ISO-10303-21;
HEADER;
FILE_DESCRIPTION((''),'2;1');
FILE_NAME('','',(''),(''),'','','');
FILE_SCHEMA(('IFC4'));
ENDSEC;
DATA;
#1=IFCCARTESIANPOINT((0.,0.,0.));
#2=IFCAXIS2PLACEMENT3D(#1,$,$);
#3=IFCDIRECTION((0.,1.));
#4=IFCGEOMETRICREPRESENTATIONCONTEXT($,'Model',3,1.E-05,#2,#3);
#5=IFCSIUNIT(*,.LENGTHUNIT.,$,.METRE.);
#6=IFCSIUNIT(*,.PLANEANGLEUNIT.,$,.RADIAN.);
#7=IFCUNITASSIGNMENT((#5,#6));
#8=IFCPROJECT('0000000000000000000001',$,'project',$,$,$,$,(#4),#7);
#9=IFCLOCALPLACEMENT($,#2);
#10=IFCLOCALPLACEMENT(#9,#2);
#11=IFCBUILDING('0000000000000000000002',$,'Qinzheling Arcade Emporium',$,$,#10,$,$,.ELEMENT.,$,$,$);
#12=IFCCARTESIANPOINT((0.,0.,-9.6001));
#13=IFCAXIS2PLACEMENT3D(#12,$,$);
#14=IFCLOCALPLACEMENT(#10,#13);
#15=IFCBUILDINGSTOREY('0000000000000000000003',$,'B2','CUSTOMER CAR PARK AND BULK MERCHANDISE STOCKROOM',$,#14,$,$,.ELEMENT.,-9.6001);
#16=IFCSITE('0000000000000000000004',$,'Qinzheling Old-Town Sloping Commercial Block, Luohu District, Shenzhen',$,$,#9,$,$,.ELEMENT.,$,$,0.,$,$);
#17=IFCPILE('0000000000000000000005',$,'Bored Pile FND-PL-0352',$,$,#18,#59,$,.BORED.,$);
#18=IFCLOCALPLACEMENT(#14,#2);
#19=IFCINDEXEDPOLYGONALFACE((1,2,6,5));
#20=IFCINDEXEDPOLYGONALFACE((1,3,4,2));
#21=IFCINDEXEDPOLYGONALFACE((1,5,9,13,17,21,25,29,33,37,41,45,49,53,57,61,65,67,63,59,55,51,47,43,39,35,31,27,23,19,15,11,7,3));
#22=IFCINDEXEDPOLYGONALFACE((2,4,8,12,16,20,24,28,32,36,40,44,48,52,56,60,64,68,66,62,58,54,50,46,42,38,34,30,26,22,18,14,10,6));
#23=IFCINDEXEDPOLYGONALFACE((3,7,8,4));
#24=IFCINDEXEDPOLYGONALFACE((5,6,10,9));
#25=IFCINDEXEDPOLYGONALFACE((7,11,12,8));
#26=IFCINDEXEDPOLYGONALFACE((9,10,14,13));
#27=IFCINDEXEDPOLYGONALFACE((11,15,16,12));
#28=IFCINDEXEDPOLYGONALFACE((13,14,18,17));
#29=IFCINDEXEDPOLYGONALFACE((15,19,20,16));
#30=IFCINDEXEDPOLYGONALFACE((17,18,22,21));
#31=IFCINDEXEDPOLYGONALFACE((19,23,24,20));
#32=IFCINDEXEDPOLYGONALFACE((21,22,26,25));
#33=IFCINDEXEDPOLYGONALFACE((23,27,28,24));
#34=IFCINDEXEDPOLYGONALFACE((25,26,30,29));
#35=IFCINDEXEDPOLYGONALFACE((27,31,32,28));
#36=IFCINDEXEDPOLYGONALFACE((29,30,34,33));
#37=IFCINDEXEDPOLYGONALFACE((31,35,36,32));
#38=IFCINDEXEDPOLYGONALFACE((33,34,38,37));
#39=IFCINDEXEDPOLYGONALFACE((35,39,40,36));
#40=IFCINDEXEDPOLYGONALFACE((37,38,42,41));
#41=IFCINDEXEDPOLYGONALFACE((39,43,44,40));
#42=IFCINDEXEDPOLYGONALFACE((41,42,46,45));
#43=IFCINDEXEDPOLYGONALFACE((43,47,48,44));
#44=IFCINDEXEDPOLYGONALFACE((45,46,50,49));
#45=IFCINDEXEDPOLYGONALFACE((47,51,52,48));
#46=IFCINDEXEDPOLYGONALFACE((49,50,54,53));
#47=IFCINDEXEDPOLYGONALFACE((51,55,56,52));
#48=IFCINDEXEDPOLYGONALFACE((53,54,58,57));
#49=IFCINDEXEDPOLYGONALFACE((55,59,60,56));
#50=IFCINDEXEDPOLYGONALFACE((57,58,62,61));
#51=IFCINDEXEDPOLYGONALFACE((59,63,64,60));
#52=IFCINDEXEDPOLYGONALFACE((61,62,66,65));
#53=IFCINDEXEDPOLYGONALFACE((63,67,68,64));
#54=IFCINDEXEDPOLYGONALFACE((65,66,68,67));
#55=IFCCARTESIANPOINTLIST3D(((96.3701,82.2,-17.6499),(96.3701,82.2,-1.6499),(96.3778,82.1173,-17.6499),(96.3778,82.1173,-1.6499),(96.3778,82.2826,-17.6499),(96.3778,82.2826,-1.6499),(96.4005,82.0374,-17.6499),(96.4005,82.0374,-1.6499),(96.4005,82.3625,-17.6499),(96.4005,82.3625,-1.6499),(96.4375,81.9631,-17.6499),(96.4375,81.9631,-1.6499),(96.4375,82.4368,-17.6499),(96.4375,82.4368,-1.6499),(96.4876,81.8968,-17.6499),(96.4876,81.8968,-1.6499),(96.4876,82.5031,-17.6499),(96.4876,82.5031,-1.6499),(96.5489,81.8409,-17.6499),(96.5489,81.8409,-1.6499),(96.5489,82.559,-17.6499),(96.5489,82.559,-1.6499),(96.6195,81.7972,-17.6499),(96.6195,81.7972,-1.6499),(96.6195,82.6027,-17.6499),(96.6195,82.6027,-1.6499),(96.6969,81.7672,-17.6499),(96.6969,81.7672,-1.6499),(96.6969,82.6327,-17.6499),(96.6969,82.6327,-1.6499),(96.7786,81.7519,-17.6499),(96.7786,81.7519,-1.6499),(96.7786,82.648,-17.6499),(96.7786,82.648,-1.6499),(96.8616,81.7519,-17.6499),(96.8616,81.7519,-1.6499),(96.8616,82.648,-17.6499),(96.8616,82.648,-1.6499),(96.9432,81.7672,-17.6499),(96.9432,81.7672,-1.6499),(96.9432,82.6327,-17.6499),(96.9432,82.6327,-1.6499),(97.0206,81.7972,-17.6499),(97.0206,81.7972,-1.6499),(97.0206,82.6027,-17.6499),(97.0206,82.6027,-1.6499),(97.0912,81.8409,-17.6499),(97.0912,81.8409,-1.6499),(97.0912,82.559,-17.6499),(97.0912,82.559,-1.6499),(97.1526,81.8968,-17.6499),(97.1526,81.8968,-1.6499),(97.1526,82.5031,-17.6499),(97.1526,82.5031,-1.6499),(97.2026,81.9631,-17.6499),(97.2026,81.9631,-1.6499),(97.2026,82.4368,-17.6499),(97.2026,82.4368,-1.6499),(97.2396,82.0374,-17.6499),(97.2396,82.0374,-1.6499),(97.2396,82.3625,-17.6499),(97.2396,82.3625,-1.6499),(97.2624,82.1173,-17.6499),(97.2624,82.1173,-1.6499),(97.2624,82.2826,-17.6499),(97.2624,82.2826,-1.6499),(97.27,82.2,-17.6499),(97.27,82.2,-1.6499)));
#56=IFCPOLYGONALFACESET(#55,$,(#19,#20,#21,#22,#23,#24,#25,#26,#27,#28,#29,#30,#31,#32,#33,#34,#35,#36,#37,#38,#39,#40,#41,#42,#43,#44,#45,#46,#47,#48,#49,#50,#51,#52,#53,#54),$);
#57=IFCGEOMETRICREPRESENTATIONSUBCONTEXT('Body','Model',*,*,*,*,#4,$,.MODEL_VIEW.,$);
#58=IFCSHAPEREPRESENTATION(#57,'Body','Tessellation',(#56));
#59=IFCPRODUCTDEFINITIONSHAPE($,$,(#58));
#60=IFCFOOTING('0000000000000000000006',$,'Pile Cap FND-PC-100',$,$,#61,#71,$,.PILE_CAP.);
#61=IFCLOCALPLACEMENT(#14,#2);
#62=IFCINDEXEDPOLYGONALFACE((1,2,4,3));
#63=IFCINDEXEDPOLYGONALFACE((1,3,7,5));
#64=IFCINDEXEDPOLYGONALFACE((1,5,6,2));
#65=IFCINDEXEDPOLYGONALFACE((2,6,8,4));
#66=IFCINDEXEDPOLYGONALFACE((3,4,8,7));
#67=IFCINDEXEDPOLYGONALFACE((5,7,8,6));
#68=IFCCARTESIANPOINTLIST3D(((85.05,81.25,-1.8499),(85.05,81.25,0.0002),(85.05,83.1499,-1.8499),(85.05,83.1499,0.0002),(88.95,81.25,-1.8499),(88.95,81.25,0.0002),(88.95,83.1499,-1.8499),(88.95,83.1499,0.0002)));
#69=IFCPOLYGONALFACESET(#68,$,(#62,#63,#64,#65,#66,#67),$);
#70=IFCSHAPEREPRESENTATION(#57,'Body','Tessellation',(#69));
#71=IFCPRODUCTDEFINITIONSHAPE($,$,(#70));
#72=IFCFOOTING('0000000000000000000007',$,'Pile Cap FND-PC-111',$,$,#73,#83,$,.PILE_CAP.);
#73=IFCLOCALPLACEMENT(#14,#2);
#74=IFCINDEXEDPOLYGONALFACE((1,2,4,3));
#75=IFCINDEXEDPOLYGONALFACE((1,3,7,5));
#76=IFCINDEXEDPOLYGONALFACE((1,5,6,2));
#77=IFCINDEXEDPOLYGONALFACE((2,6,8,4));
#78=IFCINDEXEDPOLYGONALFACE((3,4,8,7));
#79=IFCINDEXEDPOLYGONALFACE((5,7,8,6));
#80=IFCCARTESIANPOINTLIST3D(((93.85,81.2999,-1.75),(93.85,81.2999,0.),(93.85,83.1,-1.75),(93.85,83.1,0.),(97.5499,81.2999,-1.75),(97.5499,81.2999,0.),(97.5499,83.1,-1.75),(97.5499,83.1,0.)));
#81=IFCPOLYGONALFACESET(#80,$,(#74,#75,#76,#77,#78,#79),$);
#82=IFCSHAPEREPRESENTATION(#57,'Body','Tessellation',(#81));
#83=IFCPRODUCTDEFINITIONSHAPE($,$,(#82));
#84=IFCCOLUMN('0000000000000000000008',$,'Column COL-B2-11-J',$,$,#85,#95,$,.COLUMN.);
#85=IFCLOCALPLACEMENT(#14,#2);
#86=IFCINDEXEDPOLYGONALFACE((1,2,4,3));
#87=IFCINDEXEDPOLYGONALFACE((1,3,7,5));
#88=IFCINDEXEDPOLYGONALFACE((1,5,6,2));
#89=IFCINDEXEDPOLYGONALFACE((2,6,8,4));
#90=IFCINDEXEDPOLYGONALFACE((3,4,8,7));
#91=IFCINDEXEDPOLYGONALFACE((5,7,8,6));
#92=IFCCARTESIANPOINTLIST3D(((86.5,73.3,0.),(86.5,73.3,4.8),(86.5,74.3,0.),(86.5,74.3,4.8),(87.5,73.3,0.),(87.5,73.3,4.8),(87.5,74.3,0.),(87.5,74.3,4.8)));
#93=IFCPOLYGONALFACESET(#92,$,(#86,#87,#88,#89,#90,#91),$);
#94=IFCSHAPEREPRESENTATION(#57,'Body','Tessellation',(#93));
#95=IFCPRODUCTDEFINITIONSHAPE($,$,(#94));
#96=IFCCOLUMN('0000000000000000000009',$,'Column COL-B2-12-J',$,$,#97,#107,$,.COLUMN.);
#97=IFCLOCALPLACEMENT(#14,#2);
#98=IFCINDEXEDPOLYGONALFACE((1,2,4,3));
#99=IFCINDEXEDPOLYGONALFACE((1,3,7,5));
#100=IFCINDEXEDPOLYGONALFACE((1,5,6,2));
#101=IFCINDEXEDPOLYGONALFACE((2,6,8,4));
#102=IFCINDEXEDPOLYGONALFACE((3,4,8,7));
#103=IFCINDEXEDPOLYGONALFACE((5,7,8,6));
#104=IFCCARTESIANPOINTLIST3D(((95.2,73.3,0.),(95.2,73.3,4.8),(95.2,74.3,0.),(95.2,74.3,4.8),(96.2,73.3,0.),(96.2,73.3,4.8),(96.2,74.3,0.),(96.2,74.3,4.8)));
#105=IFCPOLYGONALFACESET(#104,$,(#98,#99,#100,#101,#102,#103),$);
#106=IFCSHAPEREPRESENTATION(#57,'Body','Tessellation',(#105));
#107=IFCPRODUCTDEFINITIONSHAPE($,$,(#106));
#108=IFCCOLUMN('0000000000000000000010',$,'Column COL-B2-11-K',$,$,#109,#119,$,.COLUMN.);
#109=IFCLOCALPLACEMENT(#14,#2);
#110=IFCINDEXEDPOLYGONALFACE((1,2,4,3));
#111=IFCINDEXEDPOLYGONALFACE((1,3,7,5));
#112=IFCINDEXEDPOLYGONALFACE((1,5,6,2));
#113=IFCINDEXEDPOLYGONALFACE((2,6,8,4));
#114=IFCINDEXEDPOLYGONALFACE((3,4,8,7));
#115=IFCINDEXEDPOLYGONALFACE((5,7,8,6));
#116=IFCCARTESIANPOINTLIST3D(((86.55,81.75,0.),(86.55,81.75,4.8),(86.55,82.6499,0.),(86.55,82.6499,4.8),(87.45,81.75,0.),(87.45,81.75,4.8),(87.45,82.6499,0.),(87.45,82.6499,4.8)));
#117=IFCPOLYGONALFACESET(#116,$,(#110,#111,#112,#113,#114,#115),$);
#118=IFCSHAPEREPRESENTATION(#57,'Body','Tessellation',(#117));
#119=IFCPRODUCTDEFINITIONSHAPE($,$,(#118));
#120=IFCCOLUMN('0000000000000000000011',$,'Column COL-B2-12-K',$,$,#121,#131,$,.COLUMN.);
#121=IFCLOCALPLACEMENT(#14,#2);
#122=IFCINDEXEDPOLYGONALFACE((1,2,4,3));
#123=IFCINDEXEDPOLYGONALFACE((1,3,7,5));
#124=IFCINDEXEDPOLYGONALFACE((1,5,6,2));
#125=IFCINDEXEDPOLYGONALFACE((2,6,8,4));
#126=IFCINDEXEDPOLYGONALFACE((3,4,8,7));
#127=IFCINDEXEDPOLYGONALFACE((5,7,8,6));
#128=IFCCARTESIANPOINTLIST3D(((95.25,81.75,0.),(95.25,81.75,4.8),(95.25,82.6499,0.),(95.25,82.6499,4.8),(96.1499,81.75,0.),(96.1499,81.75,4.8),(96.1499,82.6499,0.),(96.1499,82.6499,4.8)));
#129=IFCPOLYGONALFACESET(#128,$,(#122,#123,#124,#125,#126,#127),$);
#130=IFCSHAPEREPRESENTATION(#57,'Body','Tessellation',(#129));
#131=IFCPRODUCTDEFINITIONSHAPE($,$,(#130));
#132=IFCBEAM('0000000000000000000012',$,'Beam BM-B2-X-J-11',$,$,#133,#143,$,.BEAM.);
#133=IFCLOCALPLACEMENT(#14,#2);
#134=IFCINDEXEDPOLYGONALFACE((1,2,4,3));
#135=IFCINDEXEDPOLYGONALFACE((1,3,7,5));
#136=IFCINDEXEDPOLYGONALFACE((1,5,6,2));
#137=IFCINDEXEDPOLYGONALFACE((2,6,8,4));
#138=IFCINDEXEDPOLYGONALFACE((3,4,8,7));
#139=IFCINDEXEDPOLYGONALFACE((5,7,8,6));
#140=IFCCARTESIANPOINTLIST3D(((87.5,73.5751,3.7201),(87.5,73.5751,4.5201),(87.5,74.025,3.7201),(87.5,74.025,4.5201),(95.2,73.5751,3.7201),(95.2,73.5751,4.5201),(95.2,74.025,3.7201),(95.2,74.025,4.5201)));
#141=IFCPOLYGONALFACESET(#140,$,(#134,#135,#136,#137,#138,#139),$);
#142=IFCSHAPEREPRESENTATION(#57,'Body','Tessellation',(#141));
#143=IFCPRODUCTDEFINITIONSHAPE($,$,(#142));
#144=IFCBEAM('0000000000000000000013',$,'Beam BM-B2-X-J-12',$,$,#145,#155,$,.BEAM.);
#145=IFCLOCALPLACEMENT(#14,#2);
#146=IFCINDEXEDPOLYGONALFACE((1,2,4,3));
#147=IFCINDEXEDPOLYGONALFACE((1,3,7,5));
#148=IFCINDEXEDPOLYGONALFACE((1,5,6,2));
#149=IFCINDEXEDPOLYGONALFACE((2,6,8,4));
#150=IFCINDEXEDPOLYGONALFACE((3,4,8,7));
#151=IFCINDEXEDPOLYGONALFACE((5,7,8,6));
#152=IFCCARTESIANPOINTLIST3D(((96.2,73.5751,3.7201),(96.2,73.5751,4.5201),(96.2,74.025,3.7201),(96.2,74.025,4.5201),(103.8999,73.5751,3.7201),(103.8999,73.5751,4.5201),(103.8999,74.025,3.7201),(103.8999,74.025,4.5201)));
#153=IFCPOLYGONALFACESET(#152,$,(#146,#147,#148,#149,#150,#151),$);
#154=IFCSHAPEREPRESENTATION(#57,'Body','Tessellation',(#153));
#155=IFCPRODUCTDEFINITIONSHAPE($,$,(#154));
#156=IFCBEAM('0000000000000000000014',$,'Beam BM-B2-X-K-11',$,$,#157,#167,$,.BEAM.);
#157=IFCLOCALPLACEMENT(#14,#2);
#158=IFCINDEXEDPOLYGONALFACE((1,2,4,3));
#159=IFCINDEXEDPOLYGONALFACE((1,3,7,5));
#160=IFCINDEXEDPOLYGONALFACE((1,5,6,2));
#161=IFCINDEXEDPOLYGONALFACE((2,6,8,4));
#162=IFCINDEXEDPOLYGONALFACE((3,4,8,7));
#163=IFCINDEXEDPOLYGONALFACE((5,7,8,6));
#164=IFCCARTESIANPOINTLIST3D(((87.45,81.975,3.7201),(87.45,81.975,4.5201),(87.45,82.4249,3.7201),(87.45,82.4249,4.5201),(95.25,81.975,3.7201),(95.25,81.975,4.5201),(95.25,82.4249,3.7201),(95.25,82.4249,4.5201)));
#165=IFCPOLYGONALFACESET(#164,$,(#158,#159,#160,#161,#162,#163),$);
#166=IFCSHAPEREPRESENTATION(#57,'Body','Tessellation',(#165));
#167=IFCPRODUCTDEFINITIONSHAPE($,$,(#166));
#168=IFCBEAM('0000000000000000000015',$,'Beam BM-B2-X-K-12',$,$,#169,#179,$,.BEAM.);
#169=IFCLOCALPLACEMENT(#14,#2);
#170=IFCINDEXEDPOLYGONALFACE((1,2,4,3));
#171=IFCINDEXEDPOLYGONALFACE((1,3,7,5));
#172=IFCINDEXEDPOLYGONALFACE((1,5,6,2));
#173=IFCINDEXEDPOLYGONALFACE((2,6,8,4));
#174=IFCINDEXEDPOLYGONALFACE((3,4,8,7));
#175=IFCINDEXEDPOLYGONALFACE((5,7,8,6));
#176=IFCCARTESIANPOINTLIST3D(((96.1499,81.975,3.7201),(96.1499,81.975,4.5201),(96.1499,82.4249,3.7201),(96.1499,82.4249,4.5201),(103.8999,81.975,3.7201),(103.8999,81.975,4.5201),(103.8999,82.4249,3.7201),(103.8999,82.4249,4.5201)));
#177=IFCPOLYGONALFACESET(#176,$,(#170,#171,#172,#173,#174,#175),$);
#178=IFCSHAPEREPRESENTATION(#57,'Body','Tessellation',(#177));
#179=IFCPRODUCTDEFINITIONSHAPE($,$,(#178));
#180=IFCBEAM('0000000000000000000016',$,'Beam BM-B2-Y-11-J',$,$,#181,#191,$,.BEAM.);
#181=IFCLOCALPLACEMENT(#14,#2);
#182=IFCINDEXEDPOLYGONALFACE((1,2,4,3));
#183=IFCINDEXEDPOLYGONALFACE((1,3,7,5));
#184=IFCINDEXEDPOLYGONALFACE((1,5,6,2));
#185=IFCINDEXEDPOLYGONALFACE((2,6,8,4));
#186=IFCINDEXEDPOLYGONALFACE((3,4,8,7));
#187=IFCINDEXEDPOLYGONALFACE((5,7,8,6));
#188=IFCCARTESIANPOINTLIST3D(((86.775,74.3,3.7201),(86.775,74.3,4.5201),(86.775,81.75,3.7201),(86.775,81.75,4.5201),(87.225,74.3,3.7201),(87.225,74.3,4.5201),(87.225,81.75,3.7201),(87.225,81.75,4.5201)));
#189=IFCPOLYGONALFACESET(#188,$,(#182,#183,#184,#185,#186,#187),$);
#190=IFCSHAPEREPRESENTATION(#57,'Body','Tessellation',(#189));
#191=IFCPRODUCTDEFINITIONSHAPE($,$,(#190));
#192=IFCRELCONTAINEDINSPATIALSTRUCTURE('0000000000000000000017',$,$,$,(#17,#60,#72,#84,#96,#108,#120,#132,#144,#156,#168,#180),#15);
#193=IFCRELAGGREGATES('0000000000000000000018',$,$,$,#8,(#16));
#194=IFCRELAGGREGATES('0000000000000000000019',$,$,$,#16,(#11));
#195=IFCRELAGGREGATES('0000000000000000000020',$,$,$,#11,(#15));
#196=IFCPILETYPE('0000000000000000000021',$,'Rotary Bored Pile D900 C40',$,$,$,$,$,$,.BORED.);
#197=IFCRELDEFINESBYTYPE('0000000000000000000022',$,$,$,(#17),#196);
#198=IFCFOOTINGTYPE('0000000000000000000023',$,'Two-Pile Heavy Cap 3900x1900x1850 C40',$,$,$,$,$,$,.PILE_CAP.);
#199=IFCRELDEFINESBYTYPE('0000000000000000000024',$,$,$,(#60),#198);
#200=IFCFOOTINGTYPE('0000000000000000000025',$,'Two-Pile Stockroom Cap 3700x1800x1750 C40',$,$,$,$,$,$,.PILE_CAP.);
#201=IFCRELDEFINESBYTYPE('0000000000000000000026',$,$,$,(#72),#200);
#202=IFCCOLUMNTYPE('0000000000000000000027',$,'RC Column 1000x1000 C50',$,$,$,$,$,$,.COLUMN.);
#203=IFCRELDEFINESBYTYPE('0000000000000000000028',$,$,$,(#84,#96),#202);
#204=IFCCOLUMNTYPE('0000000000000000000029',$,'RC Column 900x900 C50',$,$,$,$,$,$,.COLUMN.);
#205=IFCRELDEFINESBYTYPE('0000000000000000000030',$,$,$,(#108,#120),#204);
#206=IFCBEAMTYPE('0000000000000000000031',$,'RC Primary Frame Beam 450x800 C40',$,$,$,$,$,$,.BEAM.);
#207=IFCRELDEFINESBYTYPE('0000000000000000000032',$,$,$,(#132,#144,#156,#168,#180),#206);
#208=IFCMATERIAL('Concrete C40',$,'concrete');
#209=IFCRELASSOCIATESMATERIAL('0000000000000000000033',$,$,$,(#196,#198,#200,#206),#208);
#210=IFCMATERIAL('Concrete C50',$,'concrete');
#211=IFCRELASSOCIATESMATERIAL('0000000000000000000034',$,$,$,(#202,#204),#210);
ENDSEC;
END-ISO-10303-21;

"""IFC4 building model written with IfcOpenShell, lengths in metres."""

from ifc_helpers import new_model, si_unit, direction, frame, origin, origin_2d, place, context, subcontext, project, spatial, rectangle, circle, extrude, material, material_profile, profile_set, type_object, element, save


model = new_model("IFC4")

# Units and contexts
model_context = context("Model", 3, precision=1e-05, world=origin(), true_north=direction((0.0, 1.0)))
body_context = subcontext(model_context, "Body", "Model", "MODEL_VIEW")
ifc_project = project(units=[si_unit("LENGTHUNIT", "METRE"), si_unit("PLANEANGLEUNIT", "RADIAN")], contexts=[model_context])

# Site, building, storey
site_placement = place(None, origin())
site = spatial("IfcSite", under=ifc_project, at=site_placement, Name="Qinzheling Old-Town Sloping Commercial Block, Luohu District, Shenzhen", CompositionType="ELEMENT", RefElevation=0.0)
building_placement = place(site_placement, origin())
building = spatial("IfcBuilding", under=site, at=building_placement, Name="Qinzheling Arcade Emporium", CompositionType="ELEMENT")
storey_placement = place(building_placement, frame((0.0, 0.0, -9.6001)))
storey = spatial("IfcBuildingStorey", under=building, at=storey_placement, Name="B2", Description="CUSTOMER CAR PARK AND BULK MERCHANDISE STOCKROOM", CompositionType="ELEMENT", Elevation=-9.6001)

# Shared definitions
ifc_material_1 = material(Name="Concrete C40", Category="concrete")

# Pile
ifc_material_profile_1 = material_profile(ifc_material_1, circle(Radius=0.45, at=origin_2d()), Name="BORED D900", Category="concrete")
ifc_profile_set_1 = profile_set([ifc_material_profile_1], Name="Concrete C40")
pile_type_1 = type_object("IfcPileType", Name="Rotary Bored Pile D900 C40", PredefinedType="BORED", material=ifc_profile_set_1)
for number, where, z_axis, x_axis, name in (
    (1, (96.8201, 82.2, -1.6499), (0.0, 0.0, -1.0), (1.0, 0.0, 0.0), "Bored Pile FND-PL-0352"),
):
    element("IfcPile", number, at=place(storey_placement, frame(where, z_axis=z_axis, x_axis=x_axis)), inside=storey, type_object=pile_type_1, Name=name, PredefinedType="BORED", context=body_context, shape_type="SweptSolid", body=[
        extrude(circle(Radius=0.45, at=origin_2d()), origin(), (0.0, 0.0, 1.0), 16.0),
    ])

# Footings
footing_type_1 = type_object("IfcFootingType", Name="Two-Pile Heavy Cap 3900x1900x1850 C40", PredefinedType="PILE_CAP", material=ifc_material_1)
footing_1_placement = place(storey_placement, frame((87.0, 82.2, -1.8499), z_axis=(0.0, 0.0, 1.0), x_axis=(1.0, 0.0, 0.0)))
element("IfcFooting", 2, at=footing_1_placement, inside=storey, type_object=footing_type_1, Name="Pile Cap FND-PC-100", PredefinedType="PILE_CAP", context=body_context, shape_type="SweptSolid", body=[
    extrude(rectangle(XDim=3.8999, YDim=1.8999, at=origin_2d()), origin(), (0.0, 0.0, 1.0), 1.8501),
])
footing_type_2 = type_object("IfcFootingType", Name="Two-Pile Stockroom Cap 3700x1800x1750 C40", PredefinedType="PILE_CAP", material=ifc_material_1)
footing_2_placement = place(storey_placement, frame((95.7, 82.2, -1.75), z_axis=(0.0, 0.0, 1.0), x_axis=(1.0, 0.0, 0.0)))
element("IfcFooting", 3, at=footing_2_placement, inside=storey, type_object=footing_type_2, Name="Pile Cap FND-PC-111", PredefinedType="PILE_CAP", context=body_context, shape_type="SweptSolid", body=[
    extrude(rectangle(XDim=3.7, YDim=1.8, at=origin_2d()), origin(), (0.0, 0.0, 1.0), 1.75),
])

# Columns
ifc_material_2 = material(Name="Concrete C50", Category="concrete")
ifc_material_profile_2 = material_profile(ifc_material_2, rectangle(XDim=1.0, YDim=1.0, at=origin_2d()), Name="RC 1000x1000", Category="concrete")
ifc_profile_set_2 = profile_set([ifc_material_profile_2], Name="Concrete C50")
column_type_1 = type_object("IfcColumnType", Name="RC Column 1000x1000 C50", PredefinedType="COLUMN", material=ifc_profile_set_2)
for number, where, z_axis, x_axis, name in (
    (4, (87.0, 73.8, 0.0), (0.0, 0.0, 1.0), (1.0, 0.0, 0.0), "Column COL-B2-11-J"),
    (5, (95.7, 73.8, 0.0), (0.0, 0.0, 1.0), (1.0, 0.0, 0.0), "Column COL-B2-12-J"),
):
    element("IfcColumn", number, at=place(storey_placement, frame(where, z_axis=z_axis, x_axis=x_axis)), inside=storey, type_object=column_type_1, Name=name, PredefinedType="COLUMN", context=body_context, shape_type="SweptSolid", body=[
        extrude(rectangle(XDim=1.0, YDim=1.0, at=origin_2d()), origin(), (0.0, 0.0, 1.0), 4.8),
    ])
ifc_material_profile_3 = material_profile(ifc_material_2, rectangle(XDim=0.8999, YDim=0.8999, at=origin_2d()), Name="RC 900x900", Category="concrete")
ifc_profile_set_3 = profile_set([ifc_material_profile_3], Name="Concrete C50")
column_type_2 = type_object("IfcColumnType", Name="RC Column 900x900 C50", PredefinedType="COLUMN", material=ifc_profile_set_3)
for number, where, z_axis, x_axis, name in (
    (6, (87.0, 82.2, 0.0), (0.0, 0.0, 1.0), (1.0, 0.0, 0.0), "Column COL-B2-11-K"),
    (7, (95.7, 82.2, 0.0), (0.0, 0.0, 1.0), (1.0, 0.0, 0.0), "Column COL-B2-12-K"),
):
    element("IfcColumn", number, at=place(storey_placement, frame(where, z_axis=z_axis, x_axis=x_axis)), inside=storey, type_object=column_type_2, Name=name, PredefinedType="COLUMN", context=body_context, shape_type="SweptSolid", body=[
        extrude(rectangle(XDim=0.8999, YDim=0.8999, at=origin_2d()), origin(), (0.0, 0.0, 1.0), 4.8),
    ])

# Beams
ifc_material_profile_4 = material_profile(ifc_material_1, rectangle(XDim=0.45, YDim=0.8, at=origin_2d()), Name="RC 450x800", Category="concrete")
ifc_profile_set_4 = profile_set([ifc_material_profile_4], Name="Concrete C40")
beam_type = type_object("IfcBeamType", Name="RC Primary Frame Beam 450x800 C40", PredefinedType="BEAM", material=ifc_profile_set_4)
for number, where, z_axis, x_axis, name in (
    (8, (87.5, 73.8, 4.1201), (1.0, 0.0, 0.0), (0.0, 1.0, 0.0), "Beam BM-B2-X-J-11"),
    (9, (96.2, 73.8, 4.1201), (1.0, 0.0, 0.0), (0.0, 1.0, 0.0), "Beam BM-B2-X-J-12"),
):
    element("IfcBeam", number, at=place(storey_placement, frame(where, z_axis=z_axis, x_axis=x_axis)), inside=storey, type_object=beam_type, Name=name, PredefinedType="BEAM", context=body_context, shape_type="SweptSolid", body=[
        extrude(rectangle(XDim=0.45, YDim=0.8, at=origin_2d()), origin(), (0.0, 0.0, 1.0), 7.7),
    ])
beam_1_placement = place(storey_placement, frame((87.45, 82.2, 4.1201), z_axis=(1.0, 0.0, 0.0), x_axis=(0.0, 1.0, 0.0)))
element("IfcBeam", 10, at=beam_1_placement, inside=storey, type_object=beam_type, Name="Beam BM-B2-X-K-11", PredefinedType="BEAM", context=body_context, shape_type="SweptSolid", body=[
    extrude(rectangle(XDim=0.45, YDim=0.8, at=origin_2d()), origin(), (0.0, 0.0, 1.0), 7.8),
])
beam_2_placement = place(storey_placement, frame((96.1499, 82.2, 4.1201), z_axis=(1.0, 0.0, 0.0), x_axis=(0.0, 1.0, 0.0)))
element("IfcBeam", 11, at=beam_2_placement, inside=storey, type_object=beam_type, Name="Beam BM-B2-X-K-12", PredefinedType="BEAM", context=body_context, shape_type="SweptSolid", body=[
    extrude(rectangle(XDim=0.45, YDim=0.8, at=origin_2d()), origin(), (0.0, 0.0, 1.0), 7.75),
])
beam_3_placement = place(storey_placement, frame((87.0, 74.3, 4.1201), z_axis=(0.0, 1.0, 0.0), x_axis=(-1.0, 0.0, 0.0)))
element("IfcBeam", 12, at=beam_3_placement, inside=storey, type_object=beam_type, Name="Beam BM-B2-Y-11-J", PredefinedType="BEAM", context=body_context, shape_type="SweptSolid", body=[
    extrude(rectangle(XDim=0.45, YDim=0.8, at=origin_2d()), origin(), (0.0, 0.0, 1.0), 7.45),
])

save(model, "model.ifc")
